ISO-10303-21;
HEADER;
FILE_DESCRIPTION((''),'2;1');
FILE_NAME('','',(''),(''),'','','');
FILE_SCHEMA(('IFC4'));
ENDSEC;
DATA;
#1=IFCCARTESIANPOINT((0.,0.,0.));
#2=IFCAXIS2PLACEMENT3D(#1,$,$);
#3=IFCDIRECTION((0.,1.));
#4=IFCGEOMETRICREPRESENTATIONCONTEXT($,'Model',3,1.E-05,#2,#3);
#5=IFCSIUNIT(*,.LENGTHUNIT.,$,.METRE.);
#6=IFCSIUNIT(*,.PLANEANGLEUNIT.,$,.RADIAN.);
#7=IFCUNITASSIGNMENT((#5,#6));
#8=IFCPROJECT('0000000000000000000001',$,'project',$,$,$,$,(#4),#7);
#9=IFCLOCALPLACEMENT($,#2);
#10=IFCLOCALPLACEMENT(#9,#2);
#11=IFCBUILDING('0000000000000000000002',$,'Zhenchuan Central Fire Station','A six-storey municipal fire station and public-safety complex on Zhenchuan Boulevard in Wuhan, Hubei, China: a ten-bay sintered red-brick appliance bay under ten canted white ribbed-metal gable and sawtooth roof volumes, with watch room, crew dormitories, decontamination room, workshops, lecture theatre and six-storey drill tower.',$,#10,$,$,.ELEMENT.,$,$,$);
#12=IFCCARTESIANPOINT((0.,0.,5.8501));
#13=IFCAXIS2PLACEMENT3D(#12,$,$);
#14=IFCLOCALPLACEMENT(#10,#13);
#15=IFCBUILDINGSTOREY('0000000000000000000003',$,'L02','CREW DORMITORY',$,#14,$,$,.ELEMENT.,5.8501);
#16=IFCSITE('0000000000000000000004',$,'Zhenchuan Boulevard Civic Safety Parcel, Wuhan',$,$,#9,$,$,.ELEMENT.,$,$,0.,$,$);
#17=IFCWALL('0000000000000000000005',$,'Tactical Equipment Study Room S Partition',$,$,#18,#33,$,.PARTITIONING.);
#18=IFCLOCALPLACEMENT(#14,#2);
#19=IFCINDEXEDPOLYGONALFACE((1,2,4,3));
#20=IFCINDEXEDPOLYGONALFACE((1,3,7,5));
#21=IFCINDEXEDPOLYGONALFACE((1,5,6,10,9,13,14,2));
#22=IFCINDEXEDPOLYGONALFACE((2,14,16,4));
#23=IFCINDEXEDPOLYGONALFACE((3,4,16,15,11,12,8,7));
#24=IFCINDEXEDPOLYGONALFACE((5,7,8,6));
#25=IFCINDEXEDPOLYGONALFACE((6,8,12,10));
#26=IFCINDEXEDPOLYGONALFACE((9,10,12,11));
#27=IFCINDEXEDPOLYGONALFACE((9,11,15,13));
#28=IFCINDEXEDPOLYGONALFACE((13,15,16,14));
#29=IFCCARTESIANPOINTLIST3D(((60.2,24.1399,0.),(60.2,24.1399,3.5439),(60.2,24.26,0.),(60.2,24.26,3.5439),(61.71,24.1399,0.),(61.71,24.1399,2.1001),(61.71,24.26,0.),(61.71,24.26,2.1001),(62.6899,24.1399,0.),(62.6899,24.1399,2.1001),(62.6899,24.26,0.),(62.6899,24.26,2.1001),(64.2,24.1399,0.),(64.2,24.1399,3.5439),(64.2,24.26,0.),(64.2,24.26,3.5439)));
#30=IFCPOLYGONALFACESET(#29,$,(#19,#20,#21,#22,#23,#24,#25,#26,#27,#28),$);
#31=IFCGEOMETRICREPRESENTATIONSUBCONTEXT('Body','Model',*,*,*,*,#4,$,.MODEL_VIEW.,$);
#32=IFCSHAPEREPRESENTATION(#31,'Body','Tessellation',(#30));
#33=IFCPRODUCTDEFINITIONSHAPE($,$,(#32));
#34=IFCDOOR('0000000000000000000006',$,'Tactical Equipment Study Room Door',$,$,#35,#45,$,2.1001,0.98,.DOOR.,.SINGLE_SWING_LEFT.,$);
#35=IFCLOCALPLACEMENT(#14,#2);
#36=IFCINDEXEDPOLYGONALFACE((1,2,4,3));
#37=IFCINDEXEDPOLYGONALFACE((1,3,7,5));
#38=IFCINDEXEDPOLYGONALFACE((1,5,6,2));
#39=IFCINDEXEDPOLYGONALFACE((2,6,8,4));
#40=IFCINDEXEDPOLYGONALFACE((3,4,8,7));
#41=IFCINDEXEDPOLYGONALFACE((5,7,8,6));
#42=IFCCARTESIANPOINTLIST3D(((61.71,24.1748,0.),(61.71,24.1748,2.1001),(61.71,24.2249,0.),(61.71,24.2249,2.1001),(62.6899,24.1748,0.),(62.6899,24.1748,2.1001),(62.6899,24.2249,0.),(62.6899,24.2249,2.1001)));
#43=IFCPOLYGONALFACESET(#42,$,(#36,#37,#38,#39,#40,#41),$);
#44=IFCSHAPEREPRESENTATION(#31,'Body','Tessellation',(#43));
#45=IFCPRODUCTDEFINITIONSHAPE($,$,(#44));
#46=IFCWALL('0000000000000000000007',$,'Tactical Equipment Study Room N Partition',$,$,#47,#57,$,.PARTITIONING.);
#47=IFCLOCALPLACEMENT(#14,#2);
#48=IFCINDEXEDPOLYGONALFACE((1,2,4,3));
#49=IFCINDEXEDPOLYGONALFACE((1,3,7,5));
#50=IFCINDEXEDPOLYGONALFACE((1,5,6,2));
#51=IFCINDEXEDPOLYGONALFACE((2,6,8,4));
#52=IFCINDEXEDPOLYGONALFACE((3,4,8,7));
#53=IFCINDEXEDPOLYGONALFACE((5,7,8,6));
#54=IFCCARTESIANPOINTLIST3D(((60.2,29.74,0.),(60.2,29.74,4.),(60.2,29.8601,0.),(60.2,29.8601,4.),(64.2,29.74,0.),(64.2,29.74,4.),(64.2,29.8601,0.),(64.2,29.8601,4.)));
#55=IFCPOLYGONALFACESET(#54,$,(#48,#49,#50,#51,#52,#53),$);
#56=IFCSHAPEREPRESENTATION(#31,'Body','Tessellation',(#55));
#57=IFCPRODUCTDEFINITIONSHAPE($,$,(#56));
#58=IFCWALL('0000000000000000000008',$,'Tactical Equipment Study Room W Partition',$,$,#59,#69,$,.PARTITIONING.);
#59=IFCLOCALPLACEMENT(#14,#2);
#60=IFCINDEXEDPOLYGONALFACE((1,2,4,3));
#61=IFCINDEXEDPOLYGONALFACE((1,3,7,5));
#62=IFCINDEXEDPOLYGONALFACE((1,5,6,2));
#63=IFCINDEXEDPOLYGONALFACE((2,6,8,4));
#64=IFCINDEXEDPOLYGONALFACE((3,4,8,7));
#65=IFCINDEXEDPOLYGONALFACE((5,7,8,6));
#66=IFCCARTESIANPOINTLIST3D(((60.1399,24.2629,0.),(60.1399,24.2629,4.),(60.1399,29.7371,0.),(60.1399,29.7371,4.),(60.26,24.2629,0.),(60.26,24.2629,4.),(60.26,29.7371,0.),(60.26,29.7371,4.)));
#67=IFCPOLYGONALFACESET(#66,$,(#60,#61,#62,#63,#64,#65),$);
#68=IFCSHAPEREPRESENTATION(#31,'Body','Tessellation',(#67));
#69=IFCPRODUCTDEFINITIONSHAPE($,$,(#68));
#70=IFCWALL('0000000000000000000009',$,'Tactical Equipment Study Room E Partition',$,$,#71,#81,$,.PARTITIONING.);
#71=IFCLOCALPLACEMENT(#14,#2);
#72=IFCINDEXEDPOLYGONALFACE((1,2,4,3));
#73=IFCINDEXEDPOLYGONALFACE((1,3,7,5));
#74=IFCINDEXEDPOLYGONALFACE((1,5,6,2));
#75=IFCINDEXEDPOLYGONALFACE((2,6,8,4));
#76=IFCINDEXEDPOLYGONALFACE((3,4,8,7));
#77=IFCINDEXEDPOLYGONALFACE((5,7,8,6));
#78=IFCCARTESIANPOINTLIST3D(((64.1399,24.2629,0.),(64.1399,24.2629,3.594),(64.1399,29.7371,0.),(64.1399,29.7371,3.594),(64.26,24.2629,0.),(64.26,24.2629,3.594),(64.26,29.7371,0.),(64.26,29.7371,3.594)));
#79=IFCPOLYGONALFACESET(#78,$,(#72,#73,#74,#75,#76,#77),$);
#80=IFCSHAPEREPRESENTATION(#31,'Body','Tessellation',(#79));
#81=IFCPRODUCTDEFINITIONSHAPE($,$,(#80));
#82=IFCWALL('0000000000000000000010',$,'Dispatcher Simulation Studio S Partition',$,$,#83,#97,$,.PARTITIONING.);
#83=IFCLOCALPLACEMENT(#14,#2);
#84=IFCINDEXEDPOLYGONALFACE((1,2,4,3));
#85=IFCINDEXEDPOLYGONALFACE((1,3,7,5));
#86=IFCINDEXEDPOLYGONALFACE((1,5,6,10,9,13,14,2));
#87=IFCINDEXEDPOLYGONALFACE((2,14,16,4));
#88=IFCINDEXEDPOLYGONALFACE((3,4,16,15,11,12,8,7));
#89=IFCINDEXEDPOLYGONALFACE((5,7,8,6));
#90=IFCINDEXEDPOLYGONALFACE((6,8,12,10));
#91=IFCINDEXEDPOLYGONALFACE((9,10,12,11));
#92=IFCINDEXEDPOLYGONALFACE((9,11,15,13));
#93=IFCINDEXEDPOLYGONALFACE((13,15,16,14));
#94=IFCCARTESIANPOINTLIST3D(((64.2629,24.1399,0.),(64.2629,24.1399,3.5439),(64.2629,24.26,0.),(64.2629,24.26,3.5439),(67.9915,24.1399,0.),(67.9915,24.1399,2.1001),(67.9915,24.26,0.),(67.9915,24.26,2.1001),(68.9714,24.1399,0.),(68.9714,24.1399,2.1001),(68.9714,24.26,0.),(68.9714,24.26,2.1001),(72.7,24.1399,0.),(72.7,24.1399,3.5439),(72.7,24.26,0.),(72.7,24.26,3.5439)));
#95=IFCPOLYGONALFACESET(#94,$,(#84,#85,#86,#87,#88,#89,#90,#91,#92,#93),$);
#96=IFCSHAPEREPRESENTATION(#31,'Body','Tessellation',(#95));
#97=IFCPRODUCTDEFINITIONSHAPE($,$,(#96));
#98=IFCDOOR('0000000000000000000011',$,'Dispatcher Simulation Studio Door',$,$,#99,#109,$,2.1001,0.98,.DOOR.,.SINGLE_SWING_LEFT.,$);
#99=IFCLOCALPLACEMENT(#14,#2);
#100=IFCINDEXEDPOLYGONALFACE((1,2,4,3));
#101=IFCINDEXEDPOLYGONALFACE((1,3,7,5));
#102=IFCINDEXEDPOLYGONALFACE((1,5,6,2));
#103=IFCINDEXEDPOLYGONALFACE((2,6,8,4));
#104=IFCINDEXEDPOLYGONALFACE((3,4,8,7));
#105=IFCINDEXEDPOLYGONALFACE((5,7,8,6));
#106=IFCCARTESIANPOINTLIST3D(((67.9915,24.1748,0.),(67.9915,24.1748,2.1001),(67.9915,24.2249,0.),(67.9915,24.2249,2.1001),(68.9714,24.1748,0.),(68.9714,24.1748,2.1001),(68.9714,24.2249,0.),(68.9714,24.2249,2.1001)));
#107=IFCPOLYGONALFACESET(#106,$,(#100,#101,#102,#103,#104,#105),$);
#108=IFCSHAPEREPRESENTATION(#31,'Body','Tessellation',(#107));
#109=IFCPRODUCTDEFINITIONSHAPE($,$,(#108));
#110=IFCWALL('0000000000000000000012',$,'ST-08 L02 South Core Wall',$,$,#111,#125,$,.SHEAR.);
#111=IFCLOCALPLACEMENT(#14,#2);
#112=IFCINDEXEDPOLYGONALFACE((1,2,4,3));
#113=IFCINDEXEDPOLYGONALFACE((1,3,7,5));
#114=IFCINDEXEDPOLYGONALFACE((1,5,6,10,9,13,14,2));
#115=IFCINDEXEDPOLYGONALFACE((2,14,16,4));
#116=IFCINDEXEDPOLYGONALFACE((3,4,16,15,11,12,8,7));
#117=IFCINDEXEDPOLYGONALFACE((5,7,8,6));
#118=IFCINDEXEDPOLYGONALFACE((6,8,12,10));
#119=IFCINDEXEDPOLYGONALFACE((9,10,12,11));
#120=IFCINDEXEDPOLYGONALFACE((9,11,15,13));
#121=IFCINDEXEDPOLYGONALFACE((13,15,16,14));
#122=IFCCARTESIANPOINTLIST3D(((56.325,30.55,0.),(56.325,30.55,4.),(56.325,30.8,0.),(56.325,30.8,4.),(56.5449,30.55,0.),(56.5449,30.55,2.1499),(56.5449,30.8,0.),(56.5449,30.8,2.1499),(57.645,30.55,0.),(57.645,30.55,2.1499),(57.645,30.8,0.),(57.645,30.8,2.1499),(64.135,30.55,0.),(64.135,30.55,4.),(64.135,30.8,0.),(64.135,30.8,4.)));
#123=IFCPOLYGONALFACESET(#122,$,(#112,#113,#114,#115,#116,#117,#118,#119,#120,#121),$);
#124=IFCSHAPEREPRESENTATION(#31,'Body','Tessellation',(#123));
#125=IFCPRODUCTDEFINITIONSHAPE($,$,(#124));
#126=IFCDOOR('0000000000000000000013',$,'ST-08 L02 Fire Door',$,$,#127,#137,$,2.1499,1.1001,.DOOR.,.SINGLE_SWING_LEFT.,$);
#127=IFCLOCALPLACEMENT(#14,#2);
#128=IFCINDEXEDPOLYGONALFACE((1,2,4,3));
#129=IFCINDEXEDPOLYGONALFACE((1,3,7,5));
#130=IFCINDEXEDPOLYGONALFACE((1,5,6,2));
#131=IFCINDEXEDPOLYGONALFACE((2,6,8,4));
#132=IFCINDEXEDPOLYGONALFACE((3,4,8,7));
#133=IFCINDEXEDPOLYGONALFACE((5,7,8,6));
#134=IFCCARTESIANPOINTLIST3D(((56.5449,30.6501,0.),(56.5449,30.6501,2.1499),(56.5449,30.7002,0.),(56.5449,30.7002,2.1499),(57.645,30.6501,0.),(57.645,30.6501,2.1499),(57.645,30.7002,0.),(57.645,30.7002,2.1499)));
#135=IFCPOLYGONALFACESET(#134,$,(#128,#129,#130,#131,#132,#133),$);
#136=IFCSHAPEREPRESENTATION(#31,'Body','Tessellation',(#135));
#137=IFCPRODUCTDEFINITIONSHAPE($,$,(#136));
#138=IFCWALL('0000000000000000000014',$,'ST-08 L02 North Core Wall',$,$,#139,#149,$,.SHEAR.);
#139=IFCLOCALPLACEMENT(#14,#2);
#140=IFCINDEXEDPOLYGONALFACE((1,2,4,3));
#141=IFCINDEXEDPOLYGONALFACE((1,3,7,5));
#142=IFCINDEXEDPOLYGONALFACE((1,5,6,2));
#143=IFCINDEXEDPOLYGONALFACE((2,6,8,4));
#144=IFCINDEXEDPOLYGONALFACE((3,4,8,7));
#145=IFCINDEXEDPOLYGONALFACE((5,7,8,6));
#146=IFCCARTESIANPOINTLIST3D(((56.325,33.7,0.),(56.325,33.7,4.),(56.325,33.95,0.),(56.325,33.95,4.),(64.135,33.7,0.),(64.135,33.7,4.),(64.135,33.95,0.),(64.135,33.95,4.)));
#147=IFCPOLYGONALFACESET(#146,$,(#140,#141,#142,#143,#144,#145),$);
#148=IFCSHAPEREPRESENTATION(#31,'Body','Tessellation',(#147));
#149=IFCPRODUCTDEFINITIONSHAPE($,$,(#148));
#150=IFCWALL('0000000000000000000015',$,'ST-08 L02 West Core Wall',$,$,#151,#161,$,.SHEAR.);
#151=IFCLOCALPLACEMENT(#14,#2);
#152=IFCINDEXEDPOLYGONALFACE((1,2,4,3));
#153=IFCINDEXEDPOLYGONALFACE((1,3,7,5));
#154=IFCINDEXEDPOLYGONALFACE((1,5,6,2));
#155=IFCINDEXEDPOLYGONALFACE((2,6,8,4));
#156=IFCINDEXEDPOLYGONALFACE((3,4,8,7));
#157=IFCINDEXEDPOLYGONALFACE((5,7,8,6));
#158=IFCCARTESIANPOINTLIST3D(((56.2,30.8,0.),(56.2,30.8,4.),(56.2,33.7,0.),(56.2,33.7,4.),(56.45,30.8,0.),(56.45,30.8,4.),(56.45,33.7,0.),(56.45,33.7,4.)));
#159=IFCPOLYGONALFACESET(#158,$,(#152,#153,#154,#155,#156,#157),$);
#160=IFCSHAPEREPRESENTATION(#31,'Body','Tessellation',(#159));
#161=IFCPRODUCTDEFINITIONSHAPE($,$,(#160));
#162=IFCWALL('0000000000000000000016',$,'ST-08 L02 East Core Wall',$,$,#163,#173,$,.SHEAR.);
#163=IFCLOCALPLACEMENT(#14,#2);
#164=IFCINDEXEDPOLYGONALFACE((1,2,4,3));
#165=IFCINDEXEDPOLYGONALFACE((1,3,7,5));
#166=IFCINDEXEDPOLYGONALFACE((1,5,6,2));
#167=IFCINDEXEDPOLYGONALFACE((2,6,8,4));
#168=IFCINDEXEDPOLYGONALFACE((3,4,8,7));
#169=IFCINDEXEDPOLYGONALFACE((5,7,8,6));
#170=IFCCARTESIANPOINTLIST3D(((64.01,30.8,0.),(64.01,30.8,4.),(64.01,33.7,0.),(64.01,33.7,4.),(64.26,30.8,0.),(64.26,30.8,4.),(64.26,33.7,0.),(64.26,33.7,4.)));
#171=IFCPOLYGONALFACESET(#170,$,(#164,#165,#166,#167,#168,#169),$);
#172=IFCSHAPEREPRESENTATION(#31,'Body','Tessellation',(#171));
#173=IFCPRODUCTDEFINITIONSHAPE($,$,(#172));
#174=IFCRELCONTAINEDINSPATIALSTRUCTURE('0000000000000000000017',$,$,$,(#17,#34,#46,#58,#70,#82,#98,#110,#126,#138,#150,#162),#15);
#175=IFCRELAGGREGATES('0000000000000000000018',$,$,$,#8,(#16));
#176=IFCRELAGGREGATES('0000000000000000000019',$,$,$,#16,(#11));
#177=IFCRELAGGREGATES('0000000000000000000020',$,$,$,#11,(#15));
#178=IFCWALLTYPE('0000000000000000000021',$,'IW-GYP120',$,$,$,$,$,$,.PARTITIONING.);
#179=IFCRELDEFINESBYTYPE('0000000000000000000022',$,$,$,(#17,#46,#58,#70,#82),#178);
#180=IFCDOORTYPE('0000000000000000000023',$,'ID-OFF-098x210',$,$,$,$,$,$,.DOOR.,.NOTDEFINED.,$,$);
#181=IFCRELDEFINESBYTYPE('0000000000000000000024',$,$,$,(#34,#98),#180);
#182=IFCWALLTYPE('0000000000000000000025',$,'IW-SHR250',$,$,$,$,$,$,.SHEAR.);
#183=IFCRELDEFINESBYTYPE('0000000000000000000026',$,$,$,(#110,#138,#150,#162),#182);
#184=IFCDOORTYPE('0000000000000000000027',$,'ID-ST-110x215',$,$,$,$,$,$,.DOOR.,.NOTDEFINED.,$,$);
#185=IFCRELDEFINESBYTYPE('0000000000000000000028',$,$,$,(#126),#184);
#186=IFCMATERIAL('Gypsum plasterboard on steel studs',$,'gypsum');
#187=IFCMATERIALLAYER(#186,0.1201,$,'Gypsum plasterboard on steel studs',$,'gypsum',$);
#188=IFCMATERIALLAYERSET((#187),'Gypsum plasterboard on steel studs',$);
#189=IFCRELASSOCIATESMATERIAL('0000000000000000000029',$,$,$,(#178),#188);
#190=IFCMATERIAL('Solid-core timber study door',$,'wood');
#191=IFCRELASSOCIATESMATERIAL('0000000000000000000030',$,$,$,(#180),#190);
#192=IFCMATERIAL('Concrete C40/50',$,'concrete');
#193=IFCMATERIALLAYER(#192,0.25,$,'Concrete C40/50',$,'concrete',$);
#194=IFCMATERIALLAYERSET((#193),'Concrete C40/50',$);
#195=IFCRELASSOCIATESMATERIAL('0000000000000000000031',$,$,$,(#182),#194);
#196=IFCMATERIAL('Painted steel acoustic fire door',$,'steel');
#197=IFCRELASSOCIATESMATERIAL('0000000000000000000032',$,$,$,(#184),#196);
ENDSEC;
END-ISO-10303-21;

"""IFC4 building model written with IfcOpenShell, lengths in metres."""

from ifc_helpers import new_model, si_unit, direction, frame, frame_2d, origin, place, context, subcontext, project, spatial, rectangle, extrude, material, layer, layer_set, type_object, element, fill, save


model = new_model("IFC4")

# Units and contexts
model_context = context("Model", 3, precision=1e-05, world=origin(), true_north=direction((0.0, 1.0)))
body_context = subcontext(model_context, "Body", "Model", "MODEL_VIEW")
ifc_project = project(units=[si_unit("LENGTHUNIT", "METRE"), si_unit("PLANEANGLEUNIT", "RADIAN")], contexts=[model_context])

# Site, building, storey
site_placement = place(None, origin())
site = spatial("IfcSite", under=ifc_project, at=site_placement, Name="Zhenchuan Boulevard Civic Safety Parcel, Wuhan", CompositionType="ELEMENT", RefElevation=0.0)
building_placement = place(site_placement, origin())
building = spatial("IfcBuilding", under=site, at=building_placement, Name="Zhenchuan Central Fire Station", Description="A six-storey municipal fire station and public-safety complex on Zhenchuan Boulevard in Wuhan, Hubei, China: a ten-bay sintered red-brick appliance bay under ten canted white ribbed-metal gable and sawtooth roof volumes, with watch room, crew dormitories, decontamination room, workshops, lecture theatre and six-storey drill tower.", CompositionType="ELEMENT")
storey_placement = place(building_placement, frame((0.0, 0.0, 5.8501)))
storey = spatial("IfcBuildingStorey", under=building, at=storey_placement, Name="L02", Description="CREW DORMITORY", CompositionType="ELEMENT", Elevation=5.8501)

# Wall, opening, door
ifc_material_1 = material(Name="Gypsum plasterboard on steel studs", Category="gypsum")
ifc_layer_1 = layer(ifc_material_1, 0.1201, Name="Gypsum plasterboard on steel studs", Category="gypsum")
ifc_layer_set_1 = layer_set([ifc_layer_1], Name="Gypsum plasterboard on steel studs")
wall_type_1 = type_object("IfcWallType", Name="IW-GYP120", PredefinedType="PARTITIONING", material=ifc_layer_set_1)
wall_1_placement = place(storey_placement, frame((60.2, 24.2, 0.0), z_axis=(0.0, 0.0, 1.0), x_axis=(1.0, 0.0, 0.0)))
wall_1 = element("IfcWall", 1, at=wall_1_placement, inside=storey, type_object=wall_type_1, Name="Tactical Equipment Study Room S Partition", PredefinedType="PARTITIONING", context=body_context, shape_type="SweptSolid", body=[
    extrude(rectangle(XDim=4.0, YDim=0.1201, at=frame_2d((2.0, 0.0))), origin(), (0.0, 0.0, 1.0), 3.5439),
])
opening_1_placement = place(wall_1_placement, frame((1.51, 0.0, 0.0)))
opening_1 = element("IfcOpeningElement", 2, at=opening_1_placement, cuts=wall_1, PredefinedType="OPENING", context=body_context, shape_type="SweptSolid", body=[
    extrude(rectangle(XDim=0.98, YDim=2.1001, at=frame_2d((0.49, 1.05))), frame((0.0, 0.0701, 0.0), z_axis=(0.0, -1.0, 0.0), x_axis=(1.0, 0.0, 0.0)), (0.0, 0.0, 1.0), 0.1401),
])
ifc_material_2 = material(Name="Solid-core timber study door", Category="wood")
door_type_1 = type_object("IfcDoorType", Name="ID-OFF-098x210", OperationType="NOTDEFINED", PredefinedType="DOOR", material=ifc_material_2)
door_1_placement = place(opening_1_placement, origin())
door_1 = element("IfcDoor", 3, at=door_1_placement, inside=storey, type_object=door_type_1, Name="Tactical Equipment Study Room Door", OperationType="SINGLE_SWING_LEFT", OverallHeight=2.1001, OverallWidth=0.98, PredefinedType="DOOR", context=body_context, shape_type="SweptSolid", body=[
    extrude(rectangle(XDim=0.98, YDim=2.1001, at=frame_2d((0.49, 1.05))), frame((0.0, 0.0249, 0.0), z_axis=(0.0, -1.0, 0.0), x_axis=(1.0, 0.0, 0.0)), (0.0, 0.0, 1.0), 0.05),
])
fill(opening_1, door_1)

# Walls
wall_2_placement = place(storey_placement, frame((60.2, 29.8, 0.0), z_axis=(0.0, 0.0, 1.0), x_axis=(1.0, 0.0, 0.0)))
element("IfcWall", 4, at=wall_2_placement, inside=storey, type_object=wall_type_1, Name="Tactical Equipment Study Room N Partition", PredefinedType="PARTITIONING", context=body_context, shape_type="SweptSolid", body=[
    extrude(rectangle(XDim=4.0, YDim=0.1201, at=frame_2d((2.0, 0.0))), origin(), (0.0, 0.0, 1.0), 4.0),
])
wall_3_placement = place(storey_placement, frame((60.2, 24.2629, 0.0), z_axis=(0.0, 0.0, 1.0), x_axis=(0.0, 1.0, 0.0)))
element("IfcWall", 5, at=wall_3_placement, inside=storey, type_object=wall_type_1, Name="Tactical Equipment Study Room W Partition", PredefinedType="PARTITIONING", context=body_context, shape_type="SweptSolid", body=[
    extrude(rectangle(XDim=5.4741, YDim=0.1201, at=frame_2d((2.7371, 0.0))), origin(), (0.0, 0.0, 1.0), 4.0),
])
wall_4_placement = place(storey_placement, frame((64.2, 24.2629, 0.0), z_axis=(0.0, 0.0, 1.0), x_axis=(0.0, 1.0, 0.0)))
element("IfcWall", 6, at=wall_4_placement, inside=storey, type_object=wall_type_1, Name="Tactical Equipment Study Room E Partition", PredefinedType="PARTITIONING", context=body_context, shape_type="SweptSolid", body=[
    extrude(rectangle(XDim=5.4741, YDim=0.1201, at=frame_2d((2.7371, 0.0))), origin(), (0.0, 0.0, 1.0), 3.594),
])

# Walls, openings, doors
wall_5_placement = place(storey_placement, frame((64.2629, 24.2, 0.0), z_axis=(0.0, 0.0, 1.0), x_axis=(1.0, 0.0, 0.0)))
wall_5 = element("IfcWall", 7, at=wall_5_placement, inside=storey, type_object=wall_type_1, Name="Dispatcher Simulation Studio S Partition", PredefinedType="PARTITIONING", context=body_context, shape_type="SweptSolid", body=[
    extrude(rectangle(XDim=8.437, YDim=0.1201, at=frame_2d((4.2185, 0.0))), origin(), (0.0, 0.0, 1.0), 3.5439),
])
opening_2_placement = place(wall_5_placement, frame((3.7285, 0.0, 0.0)))
opening_2 = element("IfcOpeningElement", 8, at=opening_2_placement, cuts=wall_5, PredefinedType="OPENING", context=body_context, shape_type="SweptSolid", body=[
    extrude(rectangle(XDim=0.98, YDim=2.1001, at=frame_2d((0.49, 1.05))), frame((0.0, 0.0701, 0.0), z_axis=(0.0, -1.0, 0.0), x_axis=(1.0, 0.0, 0.0)), (0.0, 0.0, 1.0), 0.1401),
])
door_2_placement = place(opening_2_placement, origin())
door_2 = element("IfcDoor", 9, at=door_2_placement, inside=storey, type_object=door_type_1, Name="Dispatcher Simulation Studio Door", OperationType="SINGLE_SWING_LEFT", OverallHeight=2.1001, OverallWidth=0.98, PredefinedType="DOOR", context=body_context, shape_type="SweptSolid", body=[
    extrude(rectangle(XDim=0.98, YDim=2.1001, at=frame_2d((0.49, 1.05))), frame((0.0, 0.0249, 0.0), z_axis=(0.0, -1.0, 0.0), x_axis=(1.0, 0.0, 0.0)), (0.0, 0.0, 1.0), 0.05),
])
fill(opening_2, door_2)
ifc_material_3 = material(Name="Concrete C40/50", Category="concrete")
ifc_layer_2 = layer(ifc_material_3, 0.25, Name="Concrete C40/50", Category="concrete")
ifc_layer_set_2 = layer_set([ifc_layer_2], Name="Concrete C40/50")
wall_type_2 = type_object("IfcWallType", Name="IW-SHR250", PredefinedType="SHEAR", material=ifc_layer_set_2)
wall_6_placement = place(storey_placement, frame((56.325, 30.675, 0.0), z_axis=(0.0, 0.0, 1.0), x_axis=(1.0, 0.0, 0.0)))
wall_6 = element("IfcWall", 10, at=wall_6_placement, inside=storey, type_object=wall_type_2, Name="ST-08 L02 South Core Wall", PredefinedType="SHEAR", context=body_context, shape_type="SweptSolid", body=[
    extrude(rectangle(XDim=7.8101, YDim=0.25, at=frame_2d((3.905, 0.0))), origin(), (0.0, 0.0, 1.0), 4.0),
])
opening_3_placement = place(wall_6_placement, frame((0.22, 0.0, 0.0)))
opening_3 = element("IfcOpeningElement", 11, at=opening_3_placement, cuts=wall_6, PredefinedType="OPENING", context=body_context, shape_type="SweptSolid", body=[
    extrude(rectangle(XDim=1.1001, YDim=2.1499, at=frame_2d((0.55, 1.075))), frame((0.0, 0.135, 0.0), z_axis=(0.0, -1.0, 0.0), x_axis=(1.0, 0.0, 0.0)), (0.0, 0.0, 1.0), 0.27),
])
ifc_material_4 = material(Name="Painted steel acoustic fire door", Category="steel")
door_type_2 = type_object("IfcDoorType", Name="ID-ST-110x215", OperationType="NOTDEFINED", PredefinedType="DOOR", material=ifc_material_4)
door_3_placement = place(opening_3_placement, frame((1.1001, 0.0, 0.0), z_axis=(0.0, 0.0, 1.0), x_axis=(-1.0, 0.0, 0.0)))
door_3 = element("IfcDoor", 12, at=door_3_placement, inside=storey, type_object=door_type_2, Name="ST-08 L02 Fire Door", OperationType="SINGLE_SWING_LEFT", OverallHeight=2.1499, OverallWidth=1.1001, PredefinedType="DOOR", context=body_context, shape_type="SweptSolid", body=[
    extrude(rectangle(XDim=1.1001, YDim=2.1499, at=frame_2d((0.55, 1.075))), frame((0.0, 0.0249, 0.0), z_axis=(0.0, -1.0, 0.0), x_axis=(1.0, 0.0, 0.0)), (0.0, 0.0, 1.0), 0.05),
])
fill(opening_3, door_3)

# Walls
wall_7_placement = place(storey_placement, frame((56.325, 33.825, 0.0), z_axis=(0.0, 0.0, 1.0), x_axis=(1.0, 0.0, 0.0)))
element("IfcWall", 13, at=wall_7_placement, inside=storey, type_object=wall_type_2, Name="ST-08 L02 North Core Wall", PredefinedType="SHEAR", context=body_context, shape_type="SweptSolid", body=[
    extrude(rectangle(XDim=7.8101, YDim=0.25, at=frame_2d((3.905, 0.0))), origin(), (0.0, 0.0, 1.0), 4.0),
])
for number, where, z_axis, x_axis, name in (
    (14, (56.325, 30.8, 0.0), (0.0, 0.0, 1.0), (0.0, 1.0, 0.0), "ST-08 L02 West Core Wall"),
    (15, (64.135, 30.8, 0.0), (0.0, 0.0, 1.0), (0.0, 1.0, 0.0), "ST-08 L02 East Core Wall"),
):
    element("IfcWall", number, at=place(storey_placement, frame(where, z_axis=z_axis, x_axis=x_axis)), inside=storey, type_object=wall_type_2, Name=name, PredefinedType="SHEAR", context=body_context, shape_type="SweptSolid", body=[
        extrude(rectangle(XDim=2.8999, YDim=0.25, at=frame_2d((1.45, 0.0))), origin(), (0.0, 0.0, 1.0), 4.0),
    ])

save(model, "model.ifc")
